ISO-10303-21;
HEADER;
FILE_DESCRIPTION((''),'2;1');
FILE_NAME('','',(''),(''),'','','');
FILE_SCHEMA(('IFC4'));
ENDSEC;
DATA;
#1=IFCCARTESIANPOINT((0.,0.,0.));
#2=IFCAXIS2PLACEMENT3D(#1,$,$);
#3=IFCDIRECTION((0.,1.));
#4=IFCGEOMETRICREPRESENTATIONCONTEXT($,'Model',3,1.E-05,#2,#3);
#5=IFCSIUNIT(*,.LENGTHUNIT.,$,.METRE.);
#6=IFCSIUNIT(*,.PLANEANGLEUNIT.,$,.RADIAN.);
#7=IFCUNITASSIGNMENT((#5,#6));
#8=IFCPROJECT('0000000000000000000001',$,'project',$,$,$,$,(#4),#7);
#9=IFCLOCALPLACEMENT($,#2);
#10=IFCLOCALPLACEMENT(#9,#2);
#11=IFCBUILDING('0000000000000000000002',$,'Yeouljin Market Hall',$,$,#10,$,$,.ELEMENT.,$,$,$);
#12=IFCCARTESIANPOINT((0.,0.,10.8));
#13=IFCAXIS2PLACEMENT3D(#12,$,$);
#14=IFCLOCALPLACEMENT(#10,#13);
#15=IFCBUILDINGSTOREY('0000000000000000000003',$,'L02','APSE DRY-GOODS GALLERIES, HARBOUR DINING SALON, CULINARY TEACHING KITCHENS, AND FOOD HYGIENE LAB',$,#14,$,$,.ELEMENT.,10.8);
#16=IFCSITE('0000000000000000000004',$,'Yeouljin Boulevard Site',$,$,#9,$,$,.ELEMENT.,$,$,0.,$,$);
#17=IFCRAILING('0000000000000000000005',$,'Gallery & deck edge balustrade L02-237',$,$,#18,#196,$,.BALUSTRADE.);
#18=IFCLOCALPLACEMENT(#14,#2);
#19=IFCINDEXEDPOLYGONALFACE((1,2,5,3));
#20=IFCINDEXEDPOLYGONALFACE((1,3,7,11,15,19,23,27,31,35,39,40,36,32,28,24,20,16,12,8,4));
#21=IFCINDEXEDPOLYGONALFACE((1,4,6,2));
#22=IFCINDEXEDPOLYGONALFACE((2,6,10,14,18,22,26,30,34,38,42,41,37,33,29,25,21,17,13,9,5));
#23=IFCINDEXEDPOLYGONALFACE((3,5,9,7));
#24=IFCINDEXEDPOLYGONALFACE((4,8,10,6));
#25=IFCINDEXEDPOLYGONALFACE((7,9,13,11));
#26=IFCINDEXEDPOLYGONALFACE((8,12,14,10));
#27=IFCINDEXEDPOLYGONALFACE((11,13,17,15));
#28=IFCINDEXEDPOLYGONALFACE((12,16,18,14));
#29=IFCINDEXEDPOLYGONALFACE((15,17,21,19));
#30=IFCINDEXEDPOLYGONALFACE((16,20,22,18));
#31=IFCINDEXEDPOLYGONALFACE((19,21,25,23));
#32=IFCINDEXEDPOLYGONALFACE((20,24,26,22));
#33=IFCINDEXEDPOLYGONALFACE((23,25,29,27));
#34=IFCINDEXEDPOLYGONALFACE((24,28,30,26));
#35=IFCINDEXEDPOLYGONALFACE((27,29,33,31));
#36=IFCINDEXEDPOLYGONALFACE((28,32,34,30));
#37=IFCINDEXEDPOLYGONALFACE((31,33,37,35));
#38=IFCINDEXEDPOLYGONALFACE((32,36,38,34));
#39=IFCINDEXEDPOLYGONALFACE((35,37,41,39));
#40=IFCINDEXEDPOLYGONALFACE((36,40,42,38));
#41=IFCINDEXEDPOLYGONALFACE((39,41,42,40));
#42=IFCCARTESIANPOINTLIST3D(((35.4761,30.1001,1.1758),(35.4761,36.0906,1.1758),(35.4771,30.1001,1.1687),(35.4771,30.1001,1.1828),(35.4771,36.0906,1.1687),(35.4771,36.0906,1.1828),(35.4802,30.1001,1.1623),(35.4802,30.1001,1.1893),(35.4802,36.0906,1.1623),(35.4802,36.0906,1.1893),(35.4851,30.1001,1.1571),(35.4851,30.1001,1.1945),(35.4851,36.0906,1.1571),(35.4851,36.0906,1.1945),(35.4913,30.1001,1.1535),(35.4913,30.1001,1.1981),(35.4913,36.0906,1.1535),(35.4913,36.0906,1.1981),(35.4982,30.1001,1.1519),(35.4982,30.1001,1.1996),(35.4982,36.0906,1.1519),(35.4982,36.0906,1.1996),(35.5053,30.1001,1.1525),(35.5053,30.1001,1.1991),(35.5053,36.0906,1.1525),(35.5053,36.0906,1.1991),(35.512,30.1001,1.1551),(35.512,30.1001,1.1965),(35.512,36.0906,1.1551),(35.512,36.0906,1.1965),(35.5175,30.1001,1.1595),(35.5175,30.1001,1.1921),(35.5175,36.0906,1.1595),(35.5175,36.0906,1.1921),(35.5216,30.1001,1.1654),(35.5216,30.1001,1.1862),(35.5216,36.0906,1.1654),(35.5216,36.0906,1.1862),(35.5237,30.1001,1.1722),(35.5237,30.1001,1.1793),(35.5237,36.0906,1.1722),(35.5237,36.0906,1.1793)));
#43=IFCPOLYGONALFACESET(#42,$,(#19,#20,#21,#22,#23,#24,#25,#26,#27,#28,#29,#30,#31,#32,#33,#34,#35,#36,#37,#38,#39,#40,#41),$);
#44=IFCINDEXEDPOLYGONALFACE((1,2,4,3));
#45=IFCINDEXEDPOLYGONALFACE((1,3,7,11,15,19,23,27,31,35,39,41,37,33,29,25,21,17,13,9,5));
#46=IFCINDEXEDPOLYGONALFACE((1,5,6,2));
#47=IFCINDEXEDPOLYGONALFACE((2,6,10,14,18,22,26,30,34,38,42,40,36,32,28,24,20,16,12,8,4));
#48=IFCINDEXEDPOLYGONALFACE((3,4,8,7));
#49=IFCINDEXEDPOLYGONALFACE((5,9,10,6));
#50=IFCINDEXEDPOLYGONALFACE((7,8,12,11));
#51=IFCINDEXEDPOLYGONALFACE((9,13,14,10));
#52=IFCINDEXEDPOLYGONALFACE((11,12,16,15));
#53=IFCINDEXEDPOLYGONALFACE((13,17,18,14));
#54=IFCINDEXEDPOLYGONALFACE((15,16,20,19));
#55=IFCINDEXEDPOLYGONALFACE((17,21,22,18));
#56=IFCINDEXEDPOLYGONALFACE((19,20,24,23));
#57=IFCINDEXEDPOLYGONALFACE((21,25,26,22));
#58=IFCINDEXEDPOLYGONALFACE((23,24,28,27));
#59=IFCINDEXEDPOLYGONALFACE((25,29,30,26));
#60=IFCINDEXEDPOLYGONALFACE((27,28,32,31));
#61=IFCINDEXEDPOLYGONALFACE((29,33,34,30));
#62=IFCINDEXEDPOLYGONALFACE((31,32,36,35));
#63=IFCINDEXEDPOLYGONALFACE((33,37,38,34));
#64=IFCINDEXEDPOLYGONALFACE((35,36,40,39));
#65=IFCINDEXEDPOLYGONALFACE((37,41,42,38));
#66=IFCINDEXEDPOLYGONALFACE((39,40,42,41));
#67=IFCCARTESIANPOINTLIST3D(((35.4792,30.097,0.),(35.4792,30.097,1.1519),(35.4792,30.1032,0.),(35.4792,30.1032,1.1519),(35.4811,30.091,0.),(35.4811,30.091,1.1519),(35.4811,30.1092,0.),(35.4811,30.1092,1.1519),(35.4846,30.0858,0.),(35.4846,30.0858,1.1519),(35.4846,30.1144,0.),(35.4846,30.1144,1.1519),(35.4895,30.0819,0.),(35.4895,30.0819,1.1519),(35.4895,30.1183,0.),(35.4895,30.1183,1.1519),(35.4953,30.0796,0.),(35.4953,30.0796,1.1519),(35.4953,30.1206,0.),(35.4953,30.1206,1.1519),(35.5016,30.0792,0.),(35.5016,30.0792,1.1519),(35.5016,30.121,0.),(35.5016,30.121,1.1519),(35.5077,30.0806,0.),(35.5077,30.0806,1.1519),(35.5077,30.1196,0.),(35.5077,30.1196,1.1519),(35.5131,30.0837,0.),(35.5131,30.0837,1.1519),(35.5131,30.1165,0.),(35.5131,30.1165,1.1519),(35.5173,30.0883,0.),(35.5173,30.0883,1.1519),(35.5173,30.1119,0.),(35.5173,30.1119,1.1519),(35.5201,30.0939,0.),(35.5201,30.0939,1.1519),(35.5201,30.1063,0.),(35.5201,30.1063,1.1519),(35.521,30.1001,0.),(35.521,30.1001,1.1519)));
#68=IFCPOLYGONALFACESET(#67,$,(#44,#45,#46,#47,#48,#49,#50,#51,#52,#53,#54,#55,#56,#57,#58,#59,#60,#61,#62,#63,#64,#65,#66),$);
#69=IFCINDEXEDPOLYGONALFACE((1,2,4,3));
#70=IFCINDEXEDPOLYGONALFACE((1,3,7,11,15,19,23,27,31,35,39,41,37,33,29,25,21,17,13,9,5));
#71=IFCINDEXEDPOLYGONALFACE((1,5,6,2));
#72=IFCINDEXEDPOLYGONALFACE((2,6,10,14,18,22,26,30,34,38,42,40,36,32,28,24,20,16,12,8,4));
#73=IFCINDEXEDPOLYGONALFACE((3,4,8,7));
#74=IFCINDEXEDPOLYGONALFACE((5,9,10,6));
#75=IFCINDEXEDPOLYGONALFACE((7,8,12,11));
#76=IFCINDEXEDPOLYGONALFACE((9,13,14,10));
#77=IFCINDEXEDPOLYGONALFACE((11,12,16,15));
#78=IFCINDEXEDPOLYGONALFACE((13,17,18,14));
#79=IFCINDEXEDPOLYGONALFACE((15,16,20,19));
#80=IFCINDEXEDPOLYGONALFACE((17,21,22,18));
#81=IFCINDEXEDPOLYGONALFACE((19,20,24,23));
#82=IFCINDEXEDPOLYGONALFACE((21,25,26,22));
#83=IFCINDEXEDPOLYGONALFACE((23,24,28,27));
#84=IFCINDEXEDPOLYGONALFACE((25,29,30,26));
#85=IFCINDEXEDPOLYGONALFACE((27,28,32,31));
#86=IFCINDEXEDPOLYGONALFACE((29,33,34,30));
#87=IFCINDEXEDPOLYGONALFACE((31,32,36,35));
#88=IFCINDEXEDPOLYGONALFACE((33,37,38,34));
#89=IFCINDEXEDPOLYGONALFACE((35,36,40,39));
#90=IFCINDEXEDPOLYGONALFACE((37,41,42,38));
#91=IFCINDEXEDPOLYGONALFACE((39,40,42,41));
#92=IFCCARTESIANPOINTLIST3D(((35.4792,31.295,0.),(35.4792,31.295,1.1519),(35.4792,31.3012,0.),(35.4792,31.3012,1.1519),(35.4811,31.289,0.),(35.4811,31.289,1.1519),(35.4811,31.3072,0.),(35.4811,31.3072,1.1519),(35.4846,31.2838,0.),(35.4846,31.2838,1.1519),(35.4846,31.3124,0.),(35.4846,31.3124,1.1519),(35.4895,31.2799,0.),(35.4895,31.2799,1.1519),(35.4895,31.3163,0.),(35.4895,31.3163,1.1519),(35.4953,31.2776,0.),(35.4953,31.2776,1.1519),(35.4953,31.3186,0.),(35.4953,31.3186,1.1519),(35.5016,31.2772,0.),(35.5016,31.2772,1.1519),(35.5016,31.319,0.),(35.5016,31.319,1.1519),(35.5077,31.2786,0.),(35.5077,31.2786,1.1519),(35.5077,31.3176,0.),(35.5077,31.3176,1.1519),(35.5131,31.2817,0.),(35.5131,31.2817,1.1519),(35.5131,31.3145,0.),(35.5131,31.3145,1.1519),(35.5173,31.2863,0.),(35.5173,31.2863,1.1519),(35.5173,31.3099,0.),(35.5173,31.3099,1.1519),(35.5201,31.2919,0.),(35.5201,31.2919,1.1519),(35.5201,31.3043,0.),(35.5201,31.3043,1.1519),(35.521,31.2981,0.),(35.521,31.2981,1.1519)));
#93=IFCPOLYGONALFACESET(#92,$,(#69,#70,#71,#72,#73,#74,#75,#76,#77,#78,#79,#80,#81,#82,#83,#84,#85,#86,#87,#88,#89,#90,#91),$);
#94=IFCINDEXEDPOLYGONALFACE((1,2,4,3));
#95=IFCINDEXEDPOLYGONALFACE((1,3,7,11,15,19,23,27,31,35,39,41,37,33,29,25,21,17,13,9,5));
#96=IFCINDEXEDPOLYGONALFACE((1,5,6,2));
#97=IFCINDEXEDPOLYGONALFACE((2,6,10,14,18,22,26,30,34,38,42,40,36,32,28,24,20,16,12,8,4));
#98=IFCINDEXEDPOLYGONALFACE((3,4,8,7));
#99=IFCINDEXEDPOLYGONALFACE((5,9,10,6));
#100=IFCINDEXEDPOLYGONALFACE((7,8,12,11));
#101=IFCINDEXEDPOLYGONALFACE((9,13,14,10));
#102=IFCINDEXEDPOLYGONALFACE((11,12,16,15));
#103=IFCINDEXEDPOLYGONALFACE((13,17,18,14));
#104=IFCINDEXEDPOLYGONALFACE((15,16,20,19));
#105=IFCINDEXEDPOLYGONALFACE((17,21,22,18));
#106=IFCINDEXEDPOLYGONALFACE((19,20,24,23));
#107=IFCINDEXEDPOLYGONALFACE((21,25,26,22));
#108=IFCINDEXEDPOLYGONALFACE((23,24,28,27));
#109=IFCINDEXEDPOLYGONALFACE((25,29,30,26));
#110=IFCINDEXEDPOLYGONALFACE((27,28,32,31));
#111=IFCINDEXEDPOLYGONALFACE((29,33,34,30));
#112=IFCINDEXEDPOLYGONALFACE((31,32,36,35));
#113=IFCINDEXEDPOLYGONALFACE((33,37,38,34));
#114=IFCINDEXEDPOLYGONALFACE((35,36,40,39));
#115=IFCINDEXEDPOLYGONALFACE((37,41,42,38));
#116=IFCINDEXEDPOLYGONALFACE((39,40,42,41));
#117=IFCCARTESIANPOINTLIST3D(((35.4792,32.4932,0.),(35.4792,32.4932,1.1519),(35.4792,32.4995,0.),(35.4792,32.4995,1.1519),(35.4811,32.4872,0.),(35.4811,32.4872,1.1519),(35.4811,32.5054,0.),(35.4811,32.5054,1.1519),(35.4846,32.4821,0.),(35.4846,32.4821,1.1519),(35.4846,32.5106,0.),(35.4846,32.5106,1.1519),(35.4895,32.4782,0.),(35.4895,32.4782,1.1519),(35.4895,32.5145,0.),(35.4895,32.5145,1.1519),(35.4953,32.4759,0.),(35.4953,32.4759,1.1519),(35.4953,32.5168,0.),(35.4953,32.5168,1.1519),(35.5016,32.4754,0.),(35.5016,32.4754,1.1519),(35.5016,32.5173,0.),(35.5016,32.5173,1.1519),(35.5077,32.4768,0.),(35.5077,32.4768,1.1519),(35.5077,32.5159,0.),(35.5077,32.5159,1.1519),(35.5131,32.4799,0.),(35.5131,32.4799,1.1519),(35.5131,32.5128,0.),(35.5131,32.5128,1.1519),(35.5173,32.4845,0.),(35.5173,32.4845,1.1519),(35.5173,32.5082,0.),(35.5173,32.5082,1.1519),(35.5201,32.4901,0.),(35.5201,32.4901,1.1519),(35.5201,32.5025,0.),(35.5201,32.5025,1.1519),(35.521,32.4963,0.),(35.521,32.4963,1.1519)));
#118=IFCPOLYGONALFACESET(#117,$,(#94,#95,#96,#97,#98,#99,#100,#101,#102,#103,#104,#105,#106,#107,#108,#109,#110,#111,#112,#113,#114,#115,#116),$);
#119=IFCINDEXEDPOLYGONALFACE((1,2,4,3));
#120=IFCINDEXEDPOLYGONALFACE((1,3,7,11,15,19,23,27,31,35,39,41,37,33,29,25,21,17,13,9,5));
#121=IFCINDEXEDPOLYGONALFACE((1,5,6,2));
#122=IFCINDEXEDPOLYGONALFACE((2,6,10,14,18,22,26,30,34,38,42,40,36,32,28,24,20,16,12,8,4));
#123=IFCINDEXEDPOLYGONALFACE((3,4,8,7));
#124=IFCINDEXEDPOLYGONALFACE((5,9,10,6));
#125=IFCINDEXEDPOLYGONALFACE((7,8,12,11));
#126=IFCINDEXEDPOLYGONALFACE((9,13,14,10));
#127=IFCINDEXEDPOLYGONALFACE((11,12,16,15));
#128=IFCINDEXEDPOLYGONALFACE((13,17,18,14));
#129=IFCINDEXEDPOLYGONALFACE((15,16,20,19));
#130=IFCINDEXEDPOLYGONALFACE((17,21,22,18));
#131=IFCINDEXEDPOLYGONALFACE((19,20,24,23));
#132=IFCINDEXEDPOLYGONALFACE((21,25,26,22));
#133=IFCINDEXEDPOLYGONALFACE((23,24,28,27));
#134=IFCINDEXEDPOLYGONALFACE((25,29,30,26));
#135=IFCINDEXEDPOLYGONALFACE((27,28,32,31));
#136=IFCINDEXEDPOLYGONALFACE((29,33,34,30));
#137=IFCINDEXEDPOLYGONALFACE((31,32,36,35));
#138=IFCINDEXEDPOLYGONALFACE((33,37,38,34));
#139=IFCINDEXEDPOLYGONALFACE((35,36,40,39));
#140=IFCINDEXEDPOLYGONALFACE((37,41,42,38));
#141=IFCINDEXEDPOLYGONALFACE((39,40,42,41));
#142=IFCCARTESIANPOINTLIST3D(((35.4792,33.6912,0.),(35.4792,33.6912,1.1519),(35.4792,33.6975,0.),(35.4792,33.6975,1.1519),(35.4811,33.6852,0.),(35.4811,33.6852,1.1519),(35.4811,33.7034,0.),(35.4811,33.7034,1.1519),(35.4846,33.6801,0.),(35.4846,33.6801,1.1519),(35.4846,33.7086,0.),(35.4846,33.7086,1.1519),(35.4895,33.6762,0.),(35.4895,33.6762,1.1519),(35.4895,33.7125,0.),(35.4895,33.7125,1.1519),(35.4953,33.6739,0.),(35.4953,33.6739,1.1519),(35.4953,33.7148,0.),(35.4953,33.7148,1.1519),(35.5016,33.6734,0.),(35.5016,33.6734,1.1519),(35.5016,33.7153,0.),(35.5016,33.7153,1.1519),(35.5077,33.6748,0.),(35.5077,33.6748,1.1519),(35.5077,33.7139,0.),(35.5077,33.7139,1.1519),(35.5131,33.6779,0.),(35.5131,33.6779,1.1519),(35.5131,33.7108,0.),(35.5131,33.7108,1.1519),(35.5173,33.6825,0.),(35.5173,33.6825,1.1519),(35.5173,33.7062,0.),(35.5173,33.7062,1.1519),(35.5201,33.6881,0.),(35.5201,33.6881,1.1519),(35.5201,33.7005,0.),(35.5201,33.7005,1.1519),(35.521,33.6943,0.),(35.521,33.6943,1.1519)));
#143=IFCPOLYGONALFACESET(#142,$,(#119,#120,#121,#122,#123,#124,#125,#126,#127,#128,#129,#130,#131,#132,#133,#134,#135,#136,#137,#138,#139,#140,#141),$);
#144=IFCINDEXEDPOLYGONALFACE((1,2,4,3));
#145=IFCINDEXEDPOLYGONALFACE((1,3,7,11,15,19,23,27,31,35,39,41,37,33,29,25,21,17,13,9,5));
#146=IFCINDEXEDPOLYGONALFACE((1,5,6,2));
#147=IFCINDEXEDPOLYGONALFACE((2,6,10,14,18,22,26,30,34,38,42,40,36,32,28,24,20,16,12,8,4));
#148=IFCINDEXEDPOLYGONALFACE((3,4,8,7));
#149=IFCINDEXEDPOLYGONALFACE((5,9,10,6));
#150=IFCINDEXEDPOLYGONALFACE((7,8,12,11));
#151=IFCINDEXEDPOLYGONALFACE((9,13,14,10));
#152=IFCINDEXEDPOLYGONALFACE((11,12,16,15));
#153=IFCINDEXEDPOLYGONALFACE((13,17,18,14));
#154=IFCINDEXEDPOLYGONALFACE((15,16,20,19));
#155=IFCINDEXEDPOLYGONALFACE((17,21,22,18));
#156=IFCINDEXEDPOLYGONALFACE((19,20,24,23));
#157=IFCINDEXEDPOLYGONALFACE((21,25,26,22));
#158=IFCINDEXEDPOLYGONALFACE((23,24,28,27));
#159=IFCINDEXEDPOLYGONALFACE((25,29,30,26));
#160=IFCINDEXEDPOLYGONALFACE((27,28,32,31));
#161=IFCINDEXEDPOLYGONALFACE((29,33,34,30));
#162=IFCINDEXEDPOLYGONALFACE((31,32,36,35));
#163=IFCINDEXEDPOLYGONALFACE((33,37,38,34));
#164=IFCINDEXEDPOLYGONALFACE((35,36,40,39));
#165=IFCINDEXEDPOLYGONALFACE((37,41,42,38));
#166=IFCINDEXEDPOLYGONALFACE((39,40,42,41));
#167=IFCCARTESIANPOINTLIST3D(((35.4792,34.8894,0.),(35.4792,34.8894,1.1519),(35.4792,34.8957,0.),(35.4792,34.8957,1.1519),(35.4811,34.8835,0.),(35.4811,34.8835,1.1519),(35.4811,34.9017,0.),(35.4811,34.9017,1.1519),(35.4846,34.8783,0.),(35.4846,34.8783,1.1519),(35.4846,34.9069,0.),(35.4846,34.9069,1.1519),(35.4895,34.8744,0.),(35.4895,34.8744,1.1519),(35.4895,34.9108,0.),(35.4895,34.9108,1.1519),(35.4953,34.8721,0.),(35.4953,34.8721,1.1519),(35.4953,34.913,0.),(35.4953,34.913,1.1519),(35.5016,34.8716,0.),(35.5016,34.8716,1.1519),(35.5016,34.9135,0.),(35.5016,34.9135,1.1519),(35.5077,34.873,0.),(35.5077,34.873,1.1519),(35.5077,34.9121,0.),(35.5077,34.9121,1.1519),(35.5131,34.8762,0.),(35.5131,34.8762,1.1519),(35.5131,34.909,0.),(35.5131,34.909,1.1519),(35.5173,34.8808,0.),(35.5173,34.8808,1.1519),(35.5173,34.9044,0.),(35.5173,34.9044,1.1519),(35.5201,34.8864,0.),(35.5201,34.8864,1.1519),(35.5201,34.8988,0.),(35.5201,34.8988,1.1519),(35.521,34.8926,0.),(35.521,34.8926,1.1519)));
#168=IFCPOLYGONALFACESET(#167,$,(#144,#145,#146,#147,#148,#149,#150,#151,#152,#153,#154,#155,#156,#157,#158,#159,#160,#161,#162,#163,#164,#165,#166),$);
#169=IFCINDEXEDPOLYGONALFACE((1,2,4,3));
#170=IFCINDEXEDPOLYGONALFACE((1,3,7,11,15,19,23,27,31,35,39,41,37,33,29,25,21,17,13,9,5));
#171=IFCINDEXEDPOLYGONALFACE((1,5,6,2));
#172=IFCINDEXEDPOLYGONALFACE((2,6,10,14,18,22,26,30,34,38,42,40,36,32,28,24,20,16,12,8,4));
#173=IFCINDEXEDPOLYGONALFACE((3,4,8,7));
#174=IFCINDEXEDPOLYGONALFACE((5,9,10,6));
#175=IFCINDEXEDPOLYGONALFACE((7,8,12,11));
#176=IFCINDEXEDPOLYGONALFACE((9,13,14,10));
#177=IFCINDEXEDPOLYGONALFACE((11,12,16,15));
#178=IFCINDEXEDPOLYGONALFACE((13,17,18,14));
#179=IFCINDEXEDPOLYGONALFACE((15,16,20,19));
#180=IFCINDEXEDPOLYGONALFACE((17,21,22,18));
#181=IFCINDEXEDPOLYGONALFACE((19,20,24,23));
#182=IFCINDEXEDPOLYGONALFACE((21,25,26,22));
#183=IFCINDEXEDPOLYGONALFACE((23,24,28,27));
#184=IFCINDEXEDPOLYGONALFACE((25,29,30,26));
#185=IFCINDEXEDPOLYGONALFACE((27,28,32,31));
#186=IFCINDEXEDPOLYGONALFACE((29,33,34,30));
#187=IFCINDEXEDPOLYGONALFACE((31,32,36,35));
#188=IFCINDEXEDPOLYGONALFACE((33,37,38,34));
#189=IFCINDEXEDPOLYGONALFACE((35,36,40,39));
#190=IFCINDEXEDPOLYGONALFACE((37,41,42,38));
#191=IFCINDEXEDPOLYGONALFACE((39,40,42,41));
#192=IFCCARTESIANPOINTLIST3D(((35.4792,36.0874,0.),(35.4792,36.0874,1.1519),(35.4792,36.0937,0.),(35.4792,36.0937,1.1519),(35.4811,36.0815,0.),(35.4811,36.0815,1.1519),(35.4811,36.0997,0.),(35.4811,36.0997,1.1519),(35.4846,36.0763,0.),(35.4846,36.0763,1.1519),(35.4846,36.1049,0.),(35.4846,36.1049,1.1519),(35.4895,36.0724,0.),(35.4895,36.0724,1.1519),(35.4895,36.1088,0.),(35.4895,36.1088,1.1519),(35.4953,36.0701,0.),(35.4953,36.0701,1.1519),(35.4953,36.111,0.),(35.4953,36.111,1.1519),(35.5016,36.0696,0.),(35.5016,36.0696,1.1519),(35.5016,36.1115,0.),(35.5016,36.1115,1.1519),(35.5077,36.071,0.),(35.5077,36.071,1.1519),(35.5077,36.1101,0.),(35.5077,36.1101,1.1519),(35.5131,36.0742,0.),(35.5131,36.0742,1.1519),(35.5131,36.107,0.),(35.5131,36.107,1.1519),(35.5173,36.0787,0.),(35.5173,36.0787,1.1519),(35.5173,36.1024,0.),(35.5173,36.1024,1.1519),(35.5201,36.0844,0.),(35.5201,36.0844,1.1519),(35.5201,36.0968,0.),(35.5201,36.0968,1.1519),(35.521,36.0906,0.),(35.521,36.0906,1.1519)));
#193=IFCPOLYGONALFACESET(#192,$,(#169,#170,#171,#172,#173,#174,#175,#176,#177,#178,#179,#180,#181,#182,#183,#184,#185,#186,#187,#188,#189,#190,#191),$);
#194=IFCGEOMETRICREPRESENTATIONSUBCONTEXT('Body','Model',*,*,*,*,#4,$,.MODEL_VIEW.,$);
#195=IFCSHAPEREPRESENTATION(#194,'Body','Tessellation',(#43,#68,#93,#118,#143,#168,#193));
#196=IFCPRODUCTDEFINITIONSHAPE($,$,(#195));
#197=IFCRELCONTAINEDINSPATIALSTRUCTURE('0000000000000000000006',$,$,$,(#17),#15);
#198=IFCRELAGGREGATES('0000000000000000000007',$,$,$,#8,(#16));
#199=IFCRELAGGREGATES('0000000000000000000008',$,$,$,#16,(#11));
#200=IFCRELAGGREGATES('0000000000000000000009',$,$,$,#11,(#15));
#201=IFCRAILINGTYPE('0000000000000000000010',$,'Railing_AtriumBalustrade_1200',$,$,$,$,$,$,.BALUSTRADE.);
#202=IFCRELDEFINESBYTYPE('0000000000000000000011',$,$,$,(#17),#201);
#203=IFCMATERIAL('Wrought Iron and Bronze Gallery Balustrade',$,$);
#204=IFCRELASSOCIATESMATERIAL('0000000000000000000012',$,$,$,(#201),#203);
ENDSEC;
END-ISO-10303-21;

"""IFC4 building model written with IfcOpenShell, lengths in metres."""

from ifc_helpers import new_model, si_unit, direction, frame, origin, origin_2d, place, context, subcontext, project, spatial, circle, extrude, material, type_object, element, save


model = new_model("IFC4")

# Units and contexts
model_context = context("Model", 3, precision=1e-05, world=origin(), true_north=direction((0.0, 1.0)))
body_context = subcontext(model_context, "Body", "Model", "MODEL_VIEW")
ifc_project = project(units=[si_unit("LENGTHUNIT", "METRE"), si_unit("PLANEANGLEUNIT", "RADIAN")], contexts=[model_context])

# Site, building, storey
site_placement = place(None, origin())
site = spatial("IfcSite", under=ifc_project, at=site_placement, Name="Yeouljin Boulevard Site", CompositionType="ELEMENT", RefElevation=0.0)
building_placement = place(site_placement, origin())
building = spatial("IfcBuilding", under=site, at=building_placement, Name="Yeouljin Market Hall", CompositionType="ELEMENT")
storey_placement = place(building_placement, frame((0.0, 0.0, 10.8)))
storey = spatial("IfcBuildingStorey", under=building, at=storey_placement, Name="L02", Description="APSE DRY-GOODS GALLERIES, HARBOUR DINING SALON, CULINARY TEACHING KITCHENS, AND FOOD HYGIENE LAB", CompositionType="ELEMENT", Elevation=10.8)

# Railing
ifc_material_1 = material(Name="Wrought Iron and Bronze Gallery Balustrade")
railing_type = type_object("IfcRailingType", Name="Railing_AtriumBalustrade_1200", PredefinedType="BALUSTRADE", material=ifc_material_1)
railing_1_placement = place(storey_placement, frame((35.5, 30.1001, 0.0)))
element("IfcRailing", 1, at=railing_1_placement, inside=storey, type_object=railing_type, Name="Gallery & deck edge balustrade L02-237", PredefinedType="BALUSTRADE", context=body_context, shape_type="SweptSolid", body=[
    extrude(circle(Radius=0.0239, at=origin_2d()), frame((0.0, 0.0, 1.1758), z_axis=(0.0, 1.0, 0.0), x_axis=(-1.0, 0.0, 0.0)), (0.0, 0.0, 1.0), 5.9905),
    extrude(circle(Radius=0.021, at=origin_2d()), origin(), (0.0, 0.0, 1.0), 1.1519),
    extrude(circle(Radius=0.021, at=origin_2d()), frame((0.0, 1.198, 0.0)), (0.0, 0.0, 1.0), 1.1519),
    extrude(circle(Radius=0.021, at=origin_2d()), frame((0.0, 2.3962, 0.0)), (0.0, 0.0, 1.0), 1.1519),
    extrude(circle(Radius=0.021, at=origin_2d()), frame((0.0, 3.5942, 0.0)), (0.0, 0.0, 1.0), 1.1519),
    extrude(circle(Radius=0.021, at=origin_2d()), frame((0.0, 4.7925, 0.0)), (0.0, 0.0, 1.0), 1.1519),
    extrude(circle(Radius=0.021, at=origin_2d()), frame((0.0, 5.9905, 0.0)), (0.0, 0.0, 1.0), 1.1519),
])

save(model, "model.ifc")
